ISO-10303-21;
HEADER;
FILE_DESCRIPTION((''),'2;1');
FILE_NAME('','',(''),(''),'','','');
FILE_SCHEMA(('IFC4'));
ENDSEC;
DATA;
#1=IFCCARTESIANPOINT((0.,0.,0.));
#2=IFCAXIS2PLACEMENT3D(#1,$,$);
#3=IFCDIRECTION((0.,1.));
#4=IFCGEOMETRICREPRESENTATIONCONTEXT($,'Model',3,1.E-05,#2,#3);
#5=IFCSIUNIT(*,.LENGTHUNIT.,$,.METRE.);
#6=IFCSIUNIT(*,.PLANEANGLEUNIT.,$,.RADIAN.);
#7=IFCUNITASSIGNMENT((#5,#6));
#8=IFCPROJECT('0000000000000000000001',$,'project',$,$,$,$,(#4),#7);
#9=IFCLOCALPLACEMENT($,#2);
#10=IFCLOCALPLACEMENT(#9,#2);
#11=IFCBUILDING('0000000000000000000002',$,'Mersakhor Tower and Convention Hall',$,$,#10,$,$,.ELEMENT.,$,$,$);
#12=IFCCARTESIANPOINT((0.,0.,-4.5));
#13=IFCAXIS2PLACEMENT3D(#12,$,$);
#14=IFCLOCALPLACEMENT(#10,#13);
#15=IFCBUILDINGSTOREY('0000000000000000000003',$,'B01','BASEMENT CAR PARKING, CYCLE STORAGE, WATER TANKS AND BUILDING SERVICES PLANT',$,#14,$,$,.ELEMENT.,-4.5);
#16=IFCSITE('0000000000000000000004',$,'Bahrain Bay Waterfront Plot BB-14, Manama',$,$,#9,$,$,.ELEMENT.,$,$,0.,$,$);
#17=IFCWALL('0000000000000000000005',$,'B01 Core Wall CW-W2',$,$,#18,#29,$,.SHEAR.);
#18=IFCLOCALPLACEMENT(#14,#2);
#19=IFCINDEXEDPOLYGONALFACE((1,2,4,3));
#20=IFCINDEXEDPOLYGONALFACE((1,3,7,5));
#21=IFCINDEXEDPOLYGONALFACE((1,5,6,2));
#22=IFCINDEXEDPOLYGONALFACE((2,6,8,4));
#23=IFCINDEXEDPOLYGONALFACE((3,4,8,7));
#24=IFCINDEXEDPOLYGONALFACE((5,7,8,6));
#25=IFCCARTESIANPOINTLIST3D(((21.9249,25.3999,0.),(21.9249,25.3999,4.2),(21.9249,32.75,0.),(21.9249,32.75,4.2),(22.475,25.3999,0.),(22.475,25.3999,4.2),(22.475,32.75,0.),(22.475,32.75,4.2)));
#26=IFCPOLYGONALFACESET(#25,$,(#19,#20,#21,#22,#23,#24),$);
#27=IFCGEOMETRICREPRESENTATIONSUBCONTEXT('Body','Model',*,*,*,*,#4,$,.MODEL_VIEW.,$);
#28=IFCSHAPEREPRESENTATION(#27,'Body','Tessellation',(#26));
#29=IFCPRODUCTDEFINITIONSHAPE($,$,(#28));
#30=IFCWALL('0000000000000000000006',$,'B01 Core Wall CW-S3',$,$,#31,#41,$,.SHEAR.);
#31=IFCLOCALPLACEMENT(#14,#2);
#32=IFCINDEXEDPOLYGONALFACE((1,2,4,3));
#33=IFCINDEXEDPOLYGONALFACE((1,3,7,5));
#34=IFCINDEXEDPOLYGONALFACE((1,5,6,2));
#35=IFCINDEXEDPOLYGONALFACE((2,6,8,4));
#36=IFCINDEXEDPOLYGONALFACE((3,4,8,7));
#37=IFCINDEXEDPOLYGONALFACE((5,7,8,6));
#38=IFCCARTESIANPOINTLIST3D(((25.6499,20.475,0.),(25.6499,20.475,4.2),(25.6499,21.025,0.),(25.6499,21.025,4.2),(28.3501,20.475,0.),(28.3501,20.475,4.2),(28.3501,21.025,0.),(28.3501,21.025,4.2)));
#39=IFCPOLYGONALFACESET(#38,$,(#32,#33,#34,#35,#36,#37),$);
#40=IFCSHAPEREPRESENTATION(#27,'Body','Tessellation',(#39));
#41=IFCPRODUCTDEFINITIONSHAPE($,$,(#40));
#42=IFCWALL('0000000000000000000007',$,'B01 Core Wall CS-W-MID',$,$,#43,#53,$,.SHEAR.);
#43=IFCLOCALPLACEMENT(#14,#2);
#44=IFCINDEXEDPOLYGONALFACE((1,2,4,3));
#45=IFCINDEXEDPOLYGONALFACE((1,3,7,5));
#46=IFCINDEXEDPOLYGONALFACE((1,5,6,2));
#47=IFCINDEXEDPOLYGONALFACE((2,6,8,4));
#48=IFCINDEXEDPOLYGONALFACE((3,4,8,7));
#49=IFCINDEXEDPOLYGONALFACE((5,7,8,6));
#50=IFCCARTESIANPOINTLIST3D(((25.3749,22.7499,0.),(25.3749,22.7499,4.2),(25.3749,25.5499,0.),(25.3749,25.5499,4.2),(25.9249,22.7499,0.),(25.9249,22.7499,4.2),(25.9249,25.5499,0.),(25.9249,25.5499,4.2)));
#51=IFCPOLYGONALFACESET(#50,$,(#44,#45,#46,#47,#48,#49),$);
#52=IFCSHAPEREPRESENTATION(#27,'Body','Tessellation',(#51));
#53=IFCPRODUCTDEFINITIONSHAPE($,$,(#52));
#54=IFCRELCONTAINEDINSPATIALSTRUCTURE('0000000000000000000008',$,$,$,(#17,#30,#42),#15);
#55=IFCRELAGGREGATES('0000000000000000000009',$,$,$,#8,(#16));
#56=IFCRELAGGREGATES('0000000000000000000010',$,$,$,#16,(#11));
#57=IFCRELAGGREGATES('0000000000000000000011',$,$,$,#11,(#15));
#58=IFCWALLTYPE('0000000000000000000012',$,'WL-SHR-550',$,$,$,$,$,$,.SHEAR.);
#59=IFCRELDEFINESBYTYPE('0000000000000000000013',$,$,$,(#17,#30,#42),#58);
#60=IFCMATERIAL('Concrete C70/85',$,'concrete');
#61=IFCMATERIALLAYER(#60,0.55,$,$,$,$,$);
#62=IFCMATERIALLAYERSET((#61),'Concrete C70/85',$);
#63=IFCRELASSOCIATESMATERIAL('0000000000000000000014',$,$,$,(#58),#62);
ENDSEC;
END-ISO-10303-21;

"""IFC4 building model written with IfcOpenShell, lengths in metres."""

from ifc_helpers import new_model, si_unit, direction, frame, frame_2d, origin, place, context, subcontext, project, spatial, rectangle, extrude, material, layer, layer_set, type_object, element, save


model = new_model("IFC4")

# Units and contexts
model_context = context("Model", 3, precision=1e-05, world=origin(), true_north=direction((0.0, 1.0)))
body_context = subcontext(model_context, "Body", "Model", "MODEL_VIEW")
ifc_project = project(units=[si_unit("LENGTHUNIT", "METRE"), si_unit("PLANEANGLEUNIT", "RADIAN")], contexts=[model_context])

# Site, building, storey
site_placement = place(None, origin())
site = spatial("IfcSite", under=ifc_project, at=site_placement, Name="Bahrain Bay Waterfront Plot BB-14, Manama", CompositionType="ELEMENT", RefElevation=0.0)
building_placement = place(site_placement, origin())
building = spatial("IfcBuilding", under=site, at=building_placement, Name="Mersakhor Tower and Convention Hall", CompositionType="ELEMENT")
storey_placement = place(building_placement, frame((0.0, 0.0, -4.5)))
storey = spatial("IfcBuildingStorey", under=building, at=storey_placement, Name="B01", Description="BASEMENT CAR PARKING, CYCLE STORAGE, WATER TANKS AND BUILDING SERVICES PLANT", CompositionType="ELEMENT", Elevation=-4.5)

# Walls
ifc_material_1 = material(Name="Concrete C70/85", Category="concrete")
ifc_layer_1 = layer(ifc_material_1, 0.55)
ifc_layer_set_1 = layer_set([ifc_layer_1], Name="Concrete C70/85")
wall_type_1 = type_object("IfcWallType", Name="WL-SHR-550", PredefinedType="SHEAR", material=ifc_layer_set_1)
wall_1_placement = place(storey_placement, frame((22.2, 25.3999, 0.0), z_axis=(0.0, 0.0, 1.0), x_axis=(0.0, 1.0, 0.0)))
element("IfcWall", 1, at=wall_1_placement, inside=storey, type_object=wall_type_1, Name="B01 Core Wall CW-W2", PredefinedType="SHEAR", context=body_context, shape_type="SweptSolid", body=[
    extrude(rectangle(XDim=7.3501, YDim=0.55, at=frame_2d((3.675, 0.0))), origin(), (0.0, 0.0, 1.0), 4.2),
])
wall_2_placement = place(storey_placement, frame((28.3501, 20.75, 0.0), z_axis=(0.0, 0.0, 1.0), x_axis=(-1.0, 0.0, 0.0)))
element("IfcWall", 2, at=wall_2_placement, inside=storey, type_object=wall_type_1, Name="B01 Core Wall CW-S3", PredefinedType="SHEAR", context=body_context, shape_type="SweptSolid", body=[
    extrude(rectangle(XDim=2.7002, YDim=0.55, at=frame_2d((1.3501, 0.0))), origin(), (0.0, 0.0, 1.0), 4.2),
])

# Wall
wall_3_placement = place(storey_placement, frame((25.6499, 22.75, 0.0), z_axis=(0.0, 0.0, 1.0), x_axis=(0.0, 1.0, 0.0)))
element("IfcWall", 3, at=wall_3_placement, inside=storey, type_object=wall_type_1, Name="B01 Core Wall CS-W-MID", PredefinedType="SHEAR", context=body_context, shape_type="SweptSolid", body=[
    extrude(rectangle(XDim=2.8, YDim=0.55, at=frame_2d((1.3999, 0.0))), origin(), (0.0, 0.0, 1.0), 4.2),
])

save(model, "model.ifc")
